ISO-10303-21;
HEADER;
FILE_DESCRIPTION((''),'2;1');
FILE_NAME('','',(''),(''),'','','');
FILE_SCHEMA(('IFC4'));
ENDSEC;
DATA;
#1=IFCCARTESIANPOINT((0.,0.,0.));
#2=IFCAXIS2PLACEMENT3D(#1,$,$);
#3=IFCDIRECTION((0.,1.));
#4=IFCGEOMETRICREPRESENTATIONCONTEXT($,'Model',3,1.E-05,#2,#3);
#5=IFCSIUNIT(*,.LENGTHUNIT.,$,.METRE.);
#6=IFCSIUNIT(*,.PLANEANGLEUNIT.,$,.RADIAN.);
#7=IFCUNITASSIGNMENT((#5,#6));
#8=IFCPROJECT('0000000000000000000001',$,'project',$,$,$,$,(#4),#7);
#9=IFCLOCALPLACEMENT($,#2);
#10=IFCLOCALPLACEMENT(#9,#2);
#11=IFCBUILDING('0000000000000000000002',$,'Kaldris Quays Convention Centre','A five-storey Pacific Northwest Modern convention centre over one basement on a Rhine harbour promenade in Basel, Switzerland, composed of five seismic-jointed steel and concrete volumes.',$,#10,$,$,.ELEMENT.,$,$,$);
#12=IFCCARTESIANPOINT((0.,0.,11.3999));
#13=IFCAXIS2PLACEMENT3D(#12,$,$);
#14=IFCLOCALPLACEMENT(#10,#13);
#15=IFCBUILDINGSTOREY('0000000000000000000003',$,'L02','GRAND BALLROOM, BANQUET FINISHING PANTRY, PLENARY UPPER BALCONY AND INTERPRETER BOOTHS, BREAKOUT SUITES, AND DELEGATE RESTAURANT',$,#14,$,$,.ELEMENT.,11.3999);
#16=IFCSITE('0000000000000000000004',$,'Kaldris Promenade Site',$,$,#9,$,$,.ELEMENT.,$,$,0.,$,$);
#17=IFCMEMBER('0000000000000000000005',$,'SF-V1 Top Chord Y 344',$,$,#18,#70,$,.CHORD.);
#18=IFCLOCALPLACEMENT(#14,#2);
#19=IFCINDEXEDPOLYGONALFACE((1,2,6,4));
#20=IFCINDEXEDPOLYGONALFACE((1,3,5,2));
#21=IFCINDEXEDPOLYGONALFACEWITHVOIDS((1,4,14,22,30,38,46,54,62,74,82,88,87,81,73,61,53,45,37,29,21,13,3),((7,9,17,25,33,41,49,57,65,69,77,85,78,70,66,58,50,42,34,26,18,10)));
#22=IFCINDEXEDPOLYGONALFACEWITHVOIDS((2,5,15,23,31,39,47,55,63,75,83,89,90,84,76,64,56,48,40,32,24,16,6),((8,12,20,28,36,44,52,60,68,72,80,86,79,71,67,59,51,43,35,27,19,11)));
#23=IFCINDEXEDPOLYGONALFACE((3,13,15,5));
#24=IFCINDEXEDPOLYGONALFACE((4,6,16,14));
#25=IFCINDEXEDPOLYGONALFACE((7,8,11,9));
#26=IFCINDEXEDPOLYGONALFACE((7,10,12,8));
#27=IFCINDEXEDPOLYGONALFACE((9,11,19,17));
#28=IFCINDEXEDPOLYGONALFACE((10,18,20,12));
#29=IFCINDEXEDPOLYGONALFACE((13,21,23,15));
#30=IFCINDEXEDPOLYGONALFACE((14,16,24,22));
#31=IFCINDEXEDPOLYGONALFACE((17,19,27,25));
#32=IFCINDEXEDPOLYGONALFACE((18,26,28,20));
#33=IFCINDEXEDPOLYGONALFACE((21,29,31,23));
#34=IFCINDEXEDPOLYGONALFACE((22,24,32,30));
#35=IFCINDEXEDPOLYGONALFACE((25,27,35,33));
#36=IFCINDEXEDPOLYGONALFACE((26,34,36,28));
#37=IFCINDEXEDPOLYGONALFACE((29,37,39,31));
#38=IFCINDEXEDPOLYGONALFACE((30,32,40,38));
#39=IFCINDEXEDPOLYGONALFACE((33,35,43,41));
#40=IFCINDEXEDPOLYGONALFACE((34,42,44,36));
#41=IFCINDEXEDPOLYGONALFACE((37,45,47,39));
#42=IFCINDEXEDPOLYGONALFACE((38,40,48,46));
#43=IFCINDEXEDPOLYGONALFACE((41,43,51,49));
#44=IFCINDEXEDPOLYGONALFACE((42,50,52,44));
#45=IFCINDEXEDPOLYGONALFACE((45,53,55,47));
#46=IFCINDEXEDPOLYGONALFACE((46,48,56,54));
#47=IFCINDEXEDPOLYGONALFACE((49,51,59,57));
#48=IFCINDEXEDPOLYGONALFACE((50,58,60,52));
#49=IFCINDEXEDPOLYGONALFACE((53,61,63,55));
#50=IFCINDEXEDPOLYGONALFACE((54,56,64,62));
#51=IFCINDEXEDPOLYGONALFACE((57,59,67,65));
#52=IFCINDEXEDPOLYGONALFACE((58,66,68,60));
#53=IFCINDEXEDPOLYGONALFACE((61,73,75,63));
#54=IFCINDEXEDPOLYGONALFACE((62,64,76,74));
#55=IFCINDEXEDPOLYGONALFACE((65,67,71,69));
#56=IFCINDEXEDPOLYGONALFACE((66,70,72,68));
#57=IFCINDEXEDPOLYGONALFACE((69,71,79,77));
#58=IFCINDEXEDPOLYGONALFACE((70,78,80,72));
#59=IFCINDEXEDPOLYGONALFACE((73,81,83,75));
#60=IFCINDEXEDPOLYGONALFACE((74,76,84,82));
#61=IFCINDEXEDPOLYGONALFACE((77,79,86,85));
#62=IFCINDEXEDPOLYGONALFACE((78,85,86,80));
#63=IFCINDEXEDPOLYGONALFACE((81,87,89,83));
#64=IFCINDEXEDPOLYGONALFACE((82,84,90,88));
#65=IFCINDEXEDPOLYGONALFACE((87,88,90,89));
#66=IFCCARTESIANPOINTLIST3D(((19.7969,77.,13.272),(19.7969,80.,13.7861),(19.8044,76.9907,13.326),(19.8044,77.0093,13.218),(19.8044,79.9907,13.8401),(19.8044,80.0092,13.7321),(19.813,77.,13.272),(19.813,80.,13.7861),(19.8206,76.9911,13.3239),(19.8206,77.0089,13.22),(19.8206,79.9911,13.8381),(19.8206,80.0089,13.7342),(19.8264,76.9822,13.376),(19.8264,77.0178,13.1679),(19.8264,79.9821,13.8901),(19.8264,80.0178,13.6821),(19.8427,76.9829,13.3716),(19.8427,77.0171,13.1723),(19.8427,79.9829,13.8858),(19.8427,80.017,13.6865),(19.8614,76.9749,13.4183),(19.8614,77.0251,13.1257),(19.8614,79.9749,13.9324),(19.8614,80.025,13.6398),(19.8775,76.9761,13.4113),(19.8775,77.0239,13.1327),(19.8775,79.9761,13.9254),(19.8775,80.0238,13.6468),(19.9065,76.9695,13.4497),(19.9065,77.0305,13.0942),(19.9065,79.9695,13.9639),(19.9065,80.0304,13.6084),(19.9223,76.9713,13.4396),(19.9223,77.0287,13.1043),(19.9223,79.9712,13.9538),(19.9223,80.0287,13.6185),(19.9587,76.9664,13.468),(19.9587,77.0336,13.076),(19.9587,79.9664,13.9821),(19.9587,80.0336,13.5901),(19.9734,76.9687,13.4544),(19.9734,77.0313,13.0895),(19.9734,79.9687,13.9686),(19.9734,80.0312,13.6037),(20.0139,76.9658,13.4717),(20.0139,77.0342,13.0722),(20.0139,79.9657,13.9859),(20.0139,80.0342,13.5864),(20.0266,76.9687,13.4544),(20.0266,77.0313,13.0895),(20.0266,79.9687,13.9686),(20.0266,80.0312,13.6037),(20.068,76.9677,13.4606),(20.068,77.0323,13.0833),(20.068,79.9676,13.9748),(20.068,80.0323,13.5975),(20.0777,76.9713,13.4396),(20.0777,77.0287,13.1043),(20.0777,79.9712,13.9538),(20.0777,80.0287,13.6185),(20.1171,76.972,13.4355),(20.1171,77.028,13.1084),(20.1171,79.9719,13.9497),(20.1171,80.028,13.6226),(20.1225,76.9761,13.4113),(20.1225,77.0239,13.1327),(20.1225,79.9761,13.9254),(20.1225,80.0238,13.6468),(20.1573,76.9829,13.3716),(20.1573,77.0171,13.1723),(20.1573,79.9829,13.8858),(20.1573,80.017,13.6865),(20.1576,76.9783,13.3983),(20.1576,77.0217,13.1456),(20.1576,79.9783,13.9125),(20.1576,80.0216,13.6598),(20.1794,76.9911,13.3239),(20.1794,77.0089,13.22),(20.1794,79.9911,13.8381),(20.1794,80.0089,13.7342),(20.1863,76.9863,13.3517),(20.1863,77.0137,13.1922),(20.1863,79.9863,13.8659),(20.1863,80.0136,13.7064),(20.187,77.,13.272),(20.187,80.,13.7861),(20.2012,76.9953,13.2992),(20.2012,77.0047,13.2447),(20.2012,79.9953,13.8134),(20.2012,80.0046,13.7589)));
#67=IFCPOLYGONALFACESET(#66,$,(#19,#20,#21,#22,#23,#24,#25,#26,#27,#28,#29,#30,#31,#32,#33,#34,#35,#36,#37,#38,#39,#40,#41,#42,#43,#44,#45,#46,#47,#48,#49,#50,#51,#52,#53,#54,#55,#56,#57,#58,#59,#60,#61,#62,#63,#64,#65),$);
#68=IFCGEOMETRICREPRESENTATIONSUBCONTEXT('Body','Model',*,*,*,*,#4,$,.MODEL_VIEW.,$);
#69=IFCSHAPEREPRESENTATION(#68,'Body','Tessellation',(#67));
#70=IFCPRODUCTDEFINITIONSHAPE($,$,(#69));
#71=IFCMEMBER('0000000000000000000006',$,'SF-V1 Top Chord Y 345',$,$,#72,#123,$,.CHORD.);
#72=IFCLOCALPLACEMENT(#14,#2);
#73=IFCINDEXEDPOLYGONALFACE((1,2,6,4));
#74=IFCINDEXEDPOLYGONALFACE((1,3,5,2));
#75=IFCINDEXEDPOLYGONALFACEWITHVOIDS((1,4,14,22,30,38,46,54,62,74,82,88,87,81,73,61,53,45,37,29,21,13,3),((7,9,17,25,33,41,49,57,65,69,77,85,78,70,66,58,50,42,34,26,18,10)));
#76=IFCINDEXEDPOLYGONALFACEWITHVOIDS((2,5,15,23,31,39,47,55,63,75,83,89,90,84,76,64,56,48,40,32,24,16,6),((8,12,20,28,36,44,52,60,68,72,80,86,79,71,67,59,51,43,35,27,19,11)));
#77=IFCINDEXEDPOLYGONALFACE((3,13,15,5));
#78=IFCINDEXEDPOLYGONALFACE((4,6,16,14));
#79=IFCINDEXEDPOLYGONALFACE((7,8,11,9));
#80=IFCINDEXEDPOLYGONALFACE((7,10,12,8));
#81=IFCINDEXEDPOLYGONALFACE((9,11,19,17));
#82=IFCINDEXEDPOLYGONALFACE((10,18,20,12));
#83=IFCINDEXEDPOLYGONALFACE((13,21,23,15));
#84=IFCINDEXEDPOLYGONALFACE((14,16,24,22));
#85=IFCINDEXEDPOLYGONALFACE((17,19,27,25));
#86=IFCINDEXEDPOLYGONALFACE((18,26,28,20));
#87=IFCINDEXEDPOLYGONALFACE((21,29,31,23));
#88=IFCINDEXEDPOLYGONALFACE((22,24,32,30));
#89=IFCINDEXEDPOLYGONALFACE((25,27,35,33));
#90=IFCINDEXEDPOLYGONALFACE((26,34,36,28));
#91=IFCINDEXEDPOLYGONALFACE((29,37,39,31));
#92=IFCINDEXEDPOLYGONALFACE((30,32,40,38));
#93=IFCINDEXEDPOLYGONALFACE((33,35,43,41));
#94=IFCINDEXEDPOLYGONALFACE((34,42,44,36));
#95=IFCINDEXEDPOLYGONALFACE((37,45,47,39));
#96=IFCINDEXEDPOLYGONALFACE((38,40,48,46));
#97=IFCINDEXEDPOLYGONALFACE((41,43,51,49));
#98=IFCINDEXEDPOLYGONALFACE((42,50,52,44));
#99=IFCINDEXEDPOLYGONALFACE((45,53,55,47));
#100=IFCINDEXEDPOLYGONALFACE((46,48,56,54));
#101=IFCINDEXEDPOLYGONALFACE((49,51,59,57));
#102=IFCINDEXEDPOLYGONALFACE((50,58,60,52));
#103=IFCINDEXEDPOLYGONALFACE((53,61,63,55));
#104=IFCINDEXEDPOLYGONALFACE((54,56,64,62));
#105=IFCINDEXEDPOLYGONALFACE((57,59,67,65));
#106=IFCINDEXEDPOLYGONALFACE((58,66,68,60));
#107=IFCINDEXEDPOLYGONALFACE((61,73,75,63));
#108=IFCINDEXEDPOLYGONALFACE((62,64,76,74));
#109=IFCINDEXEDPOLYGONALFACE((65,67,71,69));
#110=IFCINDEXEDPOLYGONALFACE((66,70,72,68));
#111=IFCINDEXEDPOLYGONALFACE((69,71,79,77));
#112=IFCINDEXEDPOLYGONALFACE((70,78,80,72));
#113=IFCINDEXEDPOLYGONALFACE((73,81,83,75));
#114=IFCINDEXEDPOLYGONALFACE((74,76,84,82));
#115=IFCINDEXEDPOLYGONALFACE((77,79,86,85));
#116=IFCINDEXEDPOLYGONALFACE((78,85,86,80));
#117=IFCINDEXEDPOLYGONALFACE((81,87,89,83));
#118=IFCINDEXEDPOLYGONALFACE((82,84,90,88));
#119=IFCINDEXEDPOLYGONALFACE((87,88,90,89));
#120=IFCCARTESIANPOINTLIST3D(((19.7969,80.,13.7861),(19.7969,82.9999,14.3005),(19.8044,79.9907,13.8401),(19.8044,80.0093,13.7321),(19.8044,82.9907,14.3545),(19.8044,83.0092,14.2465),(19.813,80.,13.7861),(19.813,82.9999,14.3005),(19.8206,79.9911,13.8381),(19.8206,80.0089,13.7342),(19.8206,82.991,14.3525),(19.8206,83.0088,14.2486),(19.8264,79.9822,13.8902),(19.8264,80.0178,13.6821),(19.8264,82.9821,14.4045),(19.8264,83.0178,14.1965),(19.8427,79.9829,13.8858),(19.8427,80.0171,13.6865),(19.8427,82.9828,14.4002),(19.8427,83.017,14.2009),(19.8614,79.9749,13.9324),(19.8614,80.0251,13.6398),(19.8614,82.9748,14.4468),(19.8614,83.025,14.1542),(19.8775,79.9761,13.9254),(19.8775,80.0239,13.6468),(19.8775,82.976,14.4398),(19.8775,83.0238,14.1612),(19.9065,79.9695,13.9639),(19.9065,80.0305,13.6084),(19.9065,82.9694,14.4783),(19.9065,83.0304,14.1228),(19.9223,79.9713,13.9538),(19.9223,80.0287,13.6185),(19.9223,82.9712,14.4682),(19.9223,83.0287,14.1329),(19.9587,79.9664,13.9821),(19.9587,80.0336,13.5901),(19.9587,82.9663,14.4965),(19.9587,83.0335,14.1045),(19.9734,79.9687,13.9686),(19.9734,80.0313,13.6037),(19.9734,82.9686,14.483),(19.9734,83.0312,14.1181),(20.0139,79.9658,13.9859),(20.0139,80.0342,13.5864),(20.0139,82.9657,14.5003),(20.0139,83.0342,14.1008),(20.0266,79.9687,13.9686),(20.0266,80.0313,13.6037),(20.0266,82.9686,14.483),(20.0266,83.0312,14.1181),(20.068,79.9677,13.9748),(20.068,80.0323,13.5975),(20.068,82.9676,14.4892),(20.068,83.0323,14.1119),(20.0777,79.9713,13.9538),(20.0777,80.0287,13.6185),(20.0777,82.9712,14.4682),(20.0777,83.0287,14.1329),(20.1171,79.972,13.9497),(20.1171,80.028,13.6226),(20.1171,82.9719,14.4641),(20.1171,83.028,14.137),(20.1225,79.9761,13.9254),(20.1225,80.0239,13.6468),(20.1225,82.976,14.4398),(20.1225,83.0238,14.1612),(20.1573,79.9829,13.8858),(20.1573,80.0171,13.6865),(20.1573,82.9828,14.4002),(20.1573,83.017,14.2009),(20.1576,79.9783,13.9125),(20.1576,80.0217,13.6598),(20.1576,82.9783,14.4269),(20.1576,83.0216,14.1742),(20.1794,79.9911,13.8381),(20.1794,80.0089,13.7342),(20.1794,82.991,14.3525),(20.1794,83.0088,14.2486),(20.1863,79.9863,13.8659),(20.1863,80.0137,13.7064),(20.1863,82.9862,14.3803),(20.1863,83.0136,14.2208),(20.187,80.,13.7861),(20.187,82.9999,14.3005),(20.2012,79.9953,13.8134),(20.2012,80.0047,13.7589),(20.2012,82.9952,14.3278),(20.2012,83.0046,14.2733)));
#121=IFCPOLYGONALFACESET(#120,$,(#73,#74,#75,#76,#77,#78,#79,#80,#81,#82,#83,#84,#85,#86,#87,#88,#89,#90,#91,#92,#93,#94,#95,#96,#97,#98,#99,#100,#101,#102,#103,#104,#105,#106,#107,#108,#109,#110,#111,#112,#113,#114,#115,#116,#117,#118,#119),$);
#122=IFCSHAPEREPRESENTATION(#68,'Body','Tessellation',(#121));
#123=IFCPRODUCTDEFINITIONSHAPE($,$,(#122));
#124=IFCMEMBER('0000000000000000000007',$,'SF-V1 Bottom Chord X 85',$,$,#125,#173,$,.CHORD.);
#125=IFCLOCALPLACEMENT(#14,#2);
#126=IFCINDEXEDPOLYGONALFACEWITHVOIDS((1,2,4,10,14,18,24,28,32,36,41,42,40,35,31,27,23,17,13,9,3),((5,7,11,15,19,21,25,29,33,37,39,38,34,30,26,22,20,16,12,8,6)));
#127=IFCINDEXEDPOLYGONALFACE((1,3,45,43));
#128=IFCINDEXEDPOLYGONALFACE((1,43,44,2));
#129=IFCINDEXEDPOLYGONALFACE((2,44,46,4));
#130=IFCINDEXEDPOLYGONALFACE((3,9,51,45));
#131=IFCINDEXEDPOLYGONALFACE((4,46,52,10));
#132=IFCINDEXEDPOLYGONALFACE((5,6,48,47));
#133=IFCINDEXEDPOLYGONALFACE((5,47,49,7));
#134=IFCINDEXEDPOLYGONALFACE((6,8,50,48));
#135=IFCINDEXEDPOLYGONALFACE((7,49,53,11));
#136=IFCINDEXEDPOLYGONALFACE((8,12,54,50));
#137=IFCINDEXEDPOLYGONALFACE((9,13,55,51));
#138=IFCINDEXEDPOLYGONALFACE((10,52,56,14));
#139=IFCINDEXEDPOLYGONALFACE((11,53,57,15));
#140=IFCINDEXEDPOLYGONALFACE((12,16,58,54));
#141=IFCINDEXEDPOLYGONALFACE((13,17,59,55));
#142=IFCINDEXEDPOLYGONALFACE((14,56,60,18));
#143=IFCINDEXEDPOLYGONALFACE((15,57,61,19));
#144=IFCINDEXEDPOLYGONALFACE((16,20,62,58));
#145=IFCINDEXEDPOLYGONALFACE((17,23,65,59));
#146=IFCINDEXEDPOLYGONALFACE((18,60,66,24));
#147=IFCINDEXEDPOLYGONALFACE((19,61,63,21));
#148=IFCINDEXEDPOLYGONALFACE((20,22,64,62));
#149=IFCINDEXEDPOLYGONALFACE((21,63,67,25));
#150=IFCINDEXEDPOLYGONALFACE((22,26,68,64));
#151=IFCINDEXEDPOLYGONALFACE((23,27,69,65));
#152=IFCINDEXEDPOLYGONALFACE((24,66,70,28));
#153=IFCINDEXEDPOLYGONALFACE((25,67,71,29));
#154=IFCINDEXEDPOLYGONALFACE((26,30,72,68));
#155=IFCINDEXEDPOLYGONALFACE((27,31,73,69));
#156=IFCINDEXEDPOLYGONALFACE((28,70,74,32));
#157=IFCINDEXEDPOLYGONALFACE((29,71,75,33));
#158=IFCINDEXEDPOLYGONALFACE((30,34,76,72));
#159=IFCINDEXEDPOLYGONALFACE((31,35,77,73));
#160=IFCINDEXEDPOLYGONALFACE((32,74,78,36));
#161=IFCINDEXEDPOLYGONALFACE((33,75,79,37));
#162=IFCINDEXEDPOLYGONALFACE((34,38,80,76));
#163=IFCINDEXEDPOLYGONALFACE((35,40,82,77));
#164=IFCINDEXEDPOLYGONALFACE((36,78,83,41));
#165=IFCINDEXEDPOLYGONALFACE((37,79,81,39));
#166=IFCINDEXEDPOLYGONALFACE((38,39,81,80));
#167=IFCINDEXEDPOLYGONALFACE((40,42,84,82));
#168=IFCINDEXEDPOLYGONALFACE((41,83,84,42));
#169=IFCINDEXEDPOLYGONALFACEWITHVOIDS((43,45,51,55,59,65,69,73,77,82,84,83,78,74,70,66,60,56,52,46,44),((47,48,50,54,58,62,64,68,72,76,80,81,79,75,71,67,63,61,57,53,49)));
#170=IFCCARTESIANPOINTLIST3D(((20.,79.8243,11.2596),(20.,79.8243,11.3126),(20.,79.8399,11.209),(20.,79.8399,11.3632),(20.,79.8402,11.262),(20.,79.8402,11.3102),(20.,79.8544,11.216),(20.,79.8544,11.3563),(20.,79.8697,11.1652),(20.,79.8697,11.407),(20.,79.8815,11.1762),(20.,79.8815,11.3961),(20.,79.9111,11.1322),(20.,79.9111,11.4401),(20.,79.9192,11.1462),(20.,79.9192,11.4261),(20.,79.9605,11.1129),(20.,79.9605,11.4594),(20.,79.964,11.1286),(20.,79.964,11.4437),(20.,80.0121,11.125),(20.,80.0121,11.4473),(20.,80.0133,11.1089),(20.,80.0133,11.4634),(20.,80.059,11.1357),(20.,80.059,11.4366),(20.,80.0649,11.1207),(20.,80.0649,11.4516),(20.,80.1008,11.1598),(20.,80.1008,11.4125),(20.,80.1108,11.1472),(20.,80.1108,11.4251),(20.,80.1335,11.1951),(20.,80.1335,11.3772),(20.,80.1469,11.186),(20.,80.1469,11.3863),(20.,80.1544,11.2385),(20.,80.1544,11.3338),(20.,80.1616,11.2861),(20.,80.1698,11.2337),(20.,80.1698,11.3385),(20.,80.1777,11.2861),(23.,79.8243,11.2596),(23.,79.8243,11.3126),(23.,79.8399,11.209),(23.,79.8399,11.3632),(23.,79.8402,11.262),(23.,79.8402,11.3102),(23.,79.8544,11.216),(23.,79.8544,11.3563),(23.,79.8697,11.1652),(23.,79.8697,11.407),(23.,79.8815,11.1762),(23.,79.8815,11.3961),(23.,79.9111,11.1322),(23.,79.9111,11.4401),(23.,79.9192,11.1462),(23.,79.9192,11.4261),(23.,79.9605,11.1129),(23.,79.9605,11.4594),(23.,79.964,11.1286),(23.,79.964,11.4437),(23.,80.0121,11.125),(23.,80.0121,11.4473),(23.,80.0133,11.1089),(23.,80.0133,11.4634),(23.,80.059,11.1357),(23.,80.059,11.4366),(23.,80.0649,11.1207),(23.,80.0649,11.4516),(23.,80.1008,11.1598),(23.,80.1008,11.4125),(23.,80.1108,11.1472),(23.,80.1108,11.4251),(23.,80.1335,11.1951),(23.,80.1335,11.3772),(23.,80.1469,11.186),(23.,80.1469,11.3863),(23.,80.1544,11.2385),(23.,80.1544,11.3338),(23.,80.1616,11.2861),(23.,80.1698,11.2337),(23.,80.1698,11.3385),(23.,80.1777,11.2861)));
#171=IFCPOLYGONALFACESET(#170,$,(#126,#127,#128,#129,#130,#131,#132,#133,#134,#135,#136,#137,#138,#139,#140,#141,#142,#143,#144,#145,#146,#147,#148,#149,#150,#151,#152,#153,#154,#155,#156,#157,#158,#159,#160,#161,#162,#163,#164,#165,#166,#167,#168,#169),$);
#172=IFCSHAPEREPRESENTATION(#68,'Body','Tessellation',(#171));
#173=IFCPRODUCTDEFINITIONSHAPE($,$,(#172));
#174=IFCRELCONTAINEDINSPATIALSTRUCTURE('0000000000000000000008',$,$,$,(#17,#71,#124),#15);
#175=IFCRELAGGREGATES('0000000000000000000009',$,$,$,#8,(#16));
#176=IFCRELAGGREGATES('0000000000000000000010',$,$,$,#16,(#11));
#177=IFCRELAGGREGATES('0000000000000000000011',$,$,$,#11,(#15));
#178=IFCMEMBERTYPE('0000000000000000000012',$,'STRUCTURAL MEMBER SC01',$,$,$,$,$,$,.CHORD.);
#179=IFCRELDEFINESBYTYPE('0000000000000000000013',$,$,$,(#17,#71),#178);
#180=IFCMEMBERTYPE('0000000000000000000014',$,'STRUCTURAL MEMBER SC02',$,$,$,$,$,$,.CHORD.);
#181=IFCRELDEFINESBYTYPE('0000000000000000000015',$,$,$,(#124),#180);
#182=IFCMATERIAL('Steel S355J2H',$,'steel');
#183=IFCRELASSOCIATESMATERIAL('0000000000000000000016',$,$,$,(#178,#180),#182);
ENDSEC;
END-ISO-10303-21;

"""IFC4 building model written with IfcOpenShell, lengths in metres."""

from ifc_helpers import new_model, si_unit, direction, frame, origin, origin_2d, place, context, subcontext, project, spatial, hollow_circle, extrude, material, material_profile, profile_set, type_object, element, save


model = new_model("IFC4")

# Units and contexts
model_context = context("Model", 3, precision=1e-05, world=origin(), true_north=direction((0.0, 1.0)))
body_context = subcontext(model_context, "Body", "Model", "MODEL_VIEW")
ifc_project = project(units=[si_unit("LENGTHUNIT", "METRE"), si_unit("PLANEANGLEUNIT", "RADIAN")], contexts=[model_context])

# Site, building, storey
site_placement = place(None, origin())
site = spatial("IfcSite", under=ifc_project, at=site_placement, Name="Kaldris Promenade Site", CompositionType="ELEMENT", RefElevation=0.0)
building_placement = place(site_placement, origin())
building = spatial("IfcBuilding", under=site, at=building_placement, Name="Kaldris Quays Convention Centre", Description="A five-storey Pacific Northwest Modern convention centre over one basement on a Rhine harbour promenade in Basel, Switzerland, composed of five seismic-jointed steel and concrete volumes.", CompositionType="ELEMENT")
storey_placement = place(building_placement, frame((0.0, 0.0, 11.3999)))
storey = spatial("IfcBuildingStorey", under=building, at=storey_placement, Name="L02", Description="GRAND BALLROOM, BANQUET FINISHING PANTRY, PLENARY UPPER BALCONY AND INTERPRETER BOOTHS, BREAKOUT SUITES, AND DELEGATE RESTAURANT", CompositionType="ELEMENT", Elevation=11.3999)

# Members
ifc_material_1 = material(Name="Steel S355J2H", Category="steel")
ifc_material_profile_1 = material_profile(ifc_material_1, hollow_circle(Radius=0.2031, WallThickness=0.0161, at=origin_2d()), Name="CHS 406.4x16")
ifc_profile_set_1 = profile_set([ifc_material_profile_1], Name="Steel S355J2H")
member_type_1 = type_object("IfcMemberType", Name="STRUCTURAL MEMBER SC01", PredefinedType="CHORD", material=ifc_profile_set_1)
for number, where, z_axis, x_axis, name in (
    (1, (20.0, 77.0, 13.272), (0.0, 0.985629, 0.168924), (-1.0, 0.0, 0.0), "SF-V1 Top Chord Y 344"),
    (2, (20.0, 80.0, 13.7861), (0.0, 0.985616, 0.169002), (-1.0, 0.0, 0.0), "SF-V1 Top Chord Y 345"),
):
    element("IfcMember", number, at=place(storey_placement, frame(where, z_axis=z_axis, x_axis=x_axis)), inside=storey, type_object=member_type_1, Name=name, PredefinedType="CHORD", context=body_context, shape_type="SweptSolid", body=[
        extrude(hollow_circle(Radius=0.2031, WallThickness=0.0161, at=origin_2d()), origin(), (0.0, 0.0, 1.0), 3.0437),
    ])
ifc_material_profile_2 = material_profile(ifc_material_1, hollow_circle(Radius=0.1777, WallThickness=0.0161, at=origin_2d()), Name="CHS 355.6x16")
ifc_profile_set_2 = profile_set([ifc_material_profile_2], Name="Steel S355J2H")
member_type_2 = type_object("IfcMemberType", Name="STRUCTURAL MEMBER SC02", PredefinedType="CHORD", material=ifc_profile_set_2)
member_1_placement = place(storey_placement, frame((20.0, 80.0, 11.2861), z_axis=(1.0, 0.0, 0.0), x_axis=(0.0, 1.0, 0.0)))
element("IfcMember", 3, at=member_1_placement, inside=storey, type_object=member_type_2, Name="SF-V1 Bottom Chord X 85", PredefinedType="CHORD", context=body_context, shape_type="SweptSolid", body=[
    extrude(hollow_circle(Radius=0.1777, WallThickness=0.0161, at=origin_2d()), origin(), (0.0, 0.0, 1.0), 3.0),
])

save(model, "model.ifc")
